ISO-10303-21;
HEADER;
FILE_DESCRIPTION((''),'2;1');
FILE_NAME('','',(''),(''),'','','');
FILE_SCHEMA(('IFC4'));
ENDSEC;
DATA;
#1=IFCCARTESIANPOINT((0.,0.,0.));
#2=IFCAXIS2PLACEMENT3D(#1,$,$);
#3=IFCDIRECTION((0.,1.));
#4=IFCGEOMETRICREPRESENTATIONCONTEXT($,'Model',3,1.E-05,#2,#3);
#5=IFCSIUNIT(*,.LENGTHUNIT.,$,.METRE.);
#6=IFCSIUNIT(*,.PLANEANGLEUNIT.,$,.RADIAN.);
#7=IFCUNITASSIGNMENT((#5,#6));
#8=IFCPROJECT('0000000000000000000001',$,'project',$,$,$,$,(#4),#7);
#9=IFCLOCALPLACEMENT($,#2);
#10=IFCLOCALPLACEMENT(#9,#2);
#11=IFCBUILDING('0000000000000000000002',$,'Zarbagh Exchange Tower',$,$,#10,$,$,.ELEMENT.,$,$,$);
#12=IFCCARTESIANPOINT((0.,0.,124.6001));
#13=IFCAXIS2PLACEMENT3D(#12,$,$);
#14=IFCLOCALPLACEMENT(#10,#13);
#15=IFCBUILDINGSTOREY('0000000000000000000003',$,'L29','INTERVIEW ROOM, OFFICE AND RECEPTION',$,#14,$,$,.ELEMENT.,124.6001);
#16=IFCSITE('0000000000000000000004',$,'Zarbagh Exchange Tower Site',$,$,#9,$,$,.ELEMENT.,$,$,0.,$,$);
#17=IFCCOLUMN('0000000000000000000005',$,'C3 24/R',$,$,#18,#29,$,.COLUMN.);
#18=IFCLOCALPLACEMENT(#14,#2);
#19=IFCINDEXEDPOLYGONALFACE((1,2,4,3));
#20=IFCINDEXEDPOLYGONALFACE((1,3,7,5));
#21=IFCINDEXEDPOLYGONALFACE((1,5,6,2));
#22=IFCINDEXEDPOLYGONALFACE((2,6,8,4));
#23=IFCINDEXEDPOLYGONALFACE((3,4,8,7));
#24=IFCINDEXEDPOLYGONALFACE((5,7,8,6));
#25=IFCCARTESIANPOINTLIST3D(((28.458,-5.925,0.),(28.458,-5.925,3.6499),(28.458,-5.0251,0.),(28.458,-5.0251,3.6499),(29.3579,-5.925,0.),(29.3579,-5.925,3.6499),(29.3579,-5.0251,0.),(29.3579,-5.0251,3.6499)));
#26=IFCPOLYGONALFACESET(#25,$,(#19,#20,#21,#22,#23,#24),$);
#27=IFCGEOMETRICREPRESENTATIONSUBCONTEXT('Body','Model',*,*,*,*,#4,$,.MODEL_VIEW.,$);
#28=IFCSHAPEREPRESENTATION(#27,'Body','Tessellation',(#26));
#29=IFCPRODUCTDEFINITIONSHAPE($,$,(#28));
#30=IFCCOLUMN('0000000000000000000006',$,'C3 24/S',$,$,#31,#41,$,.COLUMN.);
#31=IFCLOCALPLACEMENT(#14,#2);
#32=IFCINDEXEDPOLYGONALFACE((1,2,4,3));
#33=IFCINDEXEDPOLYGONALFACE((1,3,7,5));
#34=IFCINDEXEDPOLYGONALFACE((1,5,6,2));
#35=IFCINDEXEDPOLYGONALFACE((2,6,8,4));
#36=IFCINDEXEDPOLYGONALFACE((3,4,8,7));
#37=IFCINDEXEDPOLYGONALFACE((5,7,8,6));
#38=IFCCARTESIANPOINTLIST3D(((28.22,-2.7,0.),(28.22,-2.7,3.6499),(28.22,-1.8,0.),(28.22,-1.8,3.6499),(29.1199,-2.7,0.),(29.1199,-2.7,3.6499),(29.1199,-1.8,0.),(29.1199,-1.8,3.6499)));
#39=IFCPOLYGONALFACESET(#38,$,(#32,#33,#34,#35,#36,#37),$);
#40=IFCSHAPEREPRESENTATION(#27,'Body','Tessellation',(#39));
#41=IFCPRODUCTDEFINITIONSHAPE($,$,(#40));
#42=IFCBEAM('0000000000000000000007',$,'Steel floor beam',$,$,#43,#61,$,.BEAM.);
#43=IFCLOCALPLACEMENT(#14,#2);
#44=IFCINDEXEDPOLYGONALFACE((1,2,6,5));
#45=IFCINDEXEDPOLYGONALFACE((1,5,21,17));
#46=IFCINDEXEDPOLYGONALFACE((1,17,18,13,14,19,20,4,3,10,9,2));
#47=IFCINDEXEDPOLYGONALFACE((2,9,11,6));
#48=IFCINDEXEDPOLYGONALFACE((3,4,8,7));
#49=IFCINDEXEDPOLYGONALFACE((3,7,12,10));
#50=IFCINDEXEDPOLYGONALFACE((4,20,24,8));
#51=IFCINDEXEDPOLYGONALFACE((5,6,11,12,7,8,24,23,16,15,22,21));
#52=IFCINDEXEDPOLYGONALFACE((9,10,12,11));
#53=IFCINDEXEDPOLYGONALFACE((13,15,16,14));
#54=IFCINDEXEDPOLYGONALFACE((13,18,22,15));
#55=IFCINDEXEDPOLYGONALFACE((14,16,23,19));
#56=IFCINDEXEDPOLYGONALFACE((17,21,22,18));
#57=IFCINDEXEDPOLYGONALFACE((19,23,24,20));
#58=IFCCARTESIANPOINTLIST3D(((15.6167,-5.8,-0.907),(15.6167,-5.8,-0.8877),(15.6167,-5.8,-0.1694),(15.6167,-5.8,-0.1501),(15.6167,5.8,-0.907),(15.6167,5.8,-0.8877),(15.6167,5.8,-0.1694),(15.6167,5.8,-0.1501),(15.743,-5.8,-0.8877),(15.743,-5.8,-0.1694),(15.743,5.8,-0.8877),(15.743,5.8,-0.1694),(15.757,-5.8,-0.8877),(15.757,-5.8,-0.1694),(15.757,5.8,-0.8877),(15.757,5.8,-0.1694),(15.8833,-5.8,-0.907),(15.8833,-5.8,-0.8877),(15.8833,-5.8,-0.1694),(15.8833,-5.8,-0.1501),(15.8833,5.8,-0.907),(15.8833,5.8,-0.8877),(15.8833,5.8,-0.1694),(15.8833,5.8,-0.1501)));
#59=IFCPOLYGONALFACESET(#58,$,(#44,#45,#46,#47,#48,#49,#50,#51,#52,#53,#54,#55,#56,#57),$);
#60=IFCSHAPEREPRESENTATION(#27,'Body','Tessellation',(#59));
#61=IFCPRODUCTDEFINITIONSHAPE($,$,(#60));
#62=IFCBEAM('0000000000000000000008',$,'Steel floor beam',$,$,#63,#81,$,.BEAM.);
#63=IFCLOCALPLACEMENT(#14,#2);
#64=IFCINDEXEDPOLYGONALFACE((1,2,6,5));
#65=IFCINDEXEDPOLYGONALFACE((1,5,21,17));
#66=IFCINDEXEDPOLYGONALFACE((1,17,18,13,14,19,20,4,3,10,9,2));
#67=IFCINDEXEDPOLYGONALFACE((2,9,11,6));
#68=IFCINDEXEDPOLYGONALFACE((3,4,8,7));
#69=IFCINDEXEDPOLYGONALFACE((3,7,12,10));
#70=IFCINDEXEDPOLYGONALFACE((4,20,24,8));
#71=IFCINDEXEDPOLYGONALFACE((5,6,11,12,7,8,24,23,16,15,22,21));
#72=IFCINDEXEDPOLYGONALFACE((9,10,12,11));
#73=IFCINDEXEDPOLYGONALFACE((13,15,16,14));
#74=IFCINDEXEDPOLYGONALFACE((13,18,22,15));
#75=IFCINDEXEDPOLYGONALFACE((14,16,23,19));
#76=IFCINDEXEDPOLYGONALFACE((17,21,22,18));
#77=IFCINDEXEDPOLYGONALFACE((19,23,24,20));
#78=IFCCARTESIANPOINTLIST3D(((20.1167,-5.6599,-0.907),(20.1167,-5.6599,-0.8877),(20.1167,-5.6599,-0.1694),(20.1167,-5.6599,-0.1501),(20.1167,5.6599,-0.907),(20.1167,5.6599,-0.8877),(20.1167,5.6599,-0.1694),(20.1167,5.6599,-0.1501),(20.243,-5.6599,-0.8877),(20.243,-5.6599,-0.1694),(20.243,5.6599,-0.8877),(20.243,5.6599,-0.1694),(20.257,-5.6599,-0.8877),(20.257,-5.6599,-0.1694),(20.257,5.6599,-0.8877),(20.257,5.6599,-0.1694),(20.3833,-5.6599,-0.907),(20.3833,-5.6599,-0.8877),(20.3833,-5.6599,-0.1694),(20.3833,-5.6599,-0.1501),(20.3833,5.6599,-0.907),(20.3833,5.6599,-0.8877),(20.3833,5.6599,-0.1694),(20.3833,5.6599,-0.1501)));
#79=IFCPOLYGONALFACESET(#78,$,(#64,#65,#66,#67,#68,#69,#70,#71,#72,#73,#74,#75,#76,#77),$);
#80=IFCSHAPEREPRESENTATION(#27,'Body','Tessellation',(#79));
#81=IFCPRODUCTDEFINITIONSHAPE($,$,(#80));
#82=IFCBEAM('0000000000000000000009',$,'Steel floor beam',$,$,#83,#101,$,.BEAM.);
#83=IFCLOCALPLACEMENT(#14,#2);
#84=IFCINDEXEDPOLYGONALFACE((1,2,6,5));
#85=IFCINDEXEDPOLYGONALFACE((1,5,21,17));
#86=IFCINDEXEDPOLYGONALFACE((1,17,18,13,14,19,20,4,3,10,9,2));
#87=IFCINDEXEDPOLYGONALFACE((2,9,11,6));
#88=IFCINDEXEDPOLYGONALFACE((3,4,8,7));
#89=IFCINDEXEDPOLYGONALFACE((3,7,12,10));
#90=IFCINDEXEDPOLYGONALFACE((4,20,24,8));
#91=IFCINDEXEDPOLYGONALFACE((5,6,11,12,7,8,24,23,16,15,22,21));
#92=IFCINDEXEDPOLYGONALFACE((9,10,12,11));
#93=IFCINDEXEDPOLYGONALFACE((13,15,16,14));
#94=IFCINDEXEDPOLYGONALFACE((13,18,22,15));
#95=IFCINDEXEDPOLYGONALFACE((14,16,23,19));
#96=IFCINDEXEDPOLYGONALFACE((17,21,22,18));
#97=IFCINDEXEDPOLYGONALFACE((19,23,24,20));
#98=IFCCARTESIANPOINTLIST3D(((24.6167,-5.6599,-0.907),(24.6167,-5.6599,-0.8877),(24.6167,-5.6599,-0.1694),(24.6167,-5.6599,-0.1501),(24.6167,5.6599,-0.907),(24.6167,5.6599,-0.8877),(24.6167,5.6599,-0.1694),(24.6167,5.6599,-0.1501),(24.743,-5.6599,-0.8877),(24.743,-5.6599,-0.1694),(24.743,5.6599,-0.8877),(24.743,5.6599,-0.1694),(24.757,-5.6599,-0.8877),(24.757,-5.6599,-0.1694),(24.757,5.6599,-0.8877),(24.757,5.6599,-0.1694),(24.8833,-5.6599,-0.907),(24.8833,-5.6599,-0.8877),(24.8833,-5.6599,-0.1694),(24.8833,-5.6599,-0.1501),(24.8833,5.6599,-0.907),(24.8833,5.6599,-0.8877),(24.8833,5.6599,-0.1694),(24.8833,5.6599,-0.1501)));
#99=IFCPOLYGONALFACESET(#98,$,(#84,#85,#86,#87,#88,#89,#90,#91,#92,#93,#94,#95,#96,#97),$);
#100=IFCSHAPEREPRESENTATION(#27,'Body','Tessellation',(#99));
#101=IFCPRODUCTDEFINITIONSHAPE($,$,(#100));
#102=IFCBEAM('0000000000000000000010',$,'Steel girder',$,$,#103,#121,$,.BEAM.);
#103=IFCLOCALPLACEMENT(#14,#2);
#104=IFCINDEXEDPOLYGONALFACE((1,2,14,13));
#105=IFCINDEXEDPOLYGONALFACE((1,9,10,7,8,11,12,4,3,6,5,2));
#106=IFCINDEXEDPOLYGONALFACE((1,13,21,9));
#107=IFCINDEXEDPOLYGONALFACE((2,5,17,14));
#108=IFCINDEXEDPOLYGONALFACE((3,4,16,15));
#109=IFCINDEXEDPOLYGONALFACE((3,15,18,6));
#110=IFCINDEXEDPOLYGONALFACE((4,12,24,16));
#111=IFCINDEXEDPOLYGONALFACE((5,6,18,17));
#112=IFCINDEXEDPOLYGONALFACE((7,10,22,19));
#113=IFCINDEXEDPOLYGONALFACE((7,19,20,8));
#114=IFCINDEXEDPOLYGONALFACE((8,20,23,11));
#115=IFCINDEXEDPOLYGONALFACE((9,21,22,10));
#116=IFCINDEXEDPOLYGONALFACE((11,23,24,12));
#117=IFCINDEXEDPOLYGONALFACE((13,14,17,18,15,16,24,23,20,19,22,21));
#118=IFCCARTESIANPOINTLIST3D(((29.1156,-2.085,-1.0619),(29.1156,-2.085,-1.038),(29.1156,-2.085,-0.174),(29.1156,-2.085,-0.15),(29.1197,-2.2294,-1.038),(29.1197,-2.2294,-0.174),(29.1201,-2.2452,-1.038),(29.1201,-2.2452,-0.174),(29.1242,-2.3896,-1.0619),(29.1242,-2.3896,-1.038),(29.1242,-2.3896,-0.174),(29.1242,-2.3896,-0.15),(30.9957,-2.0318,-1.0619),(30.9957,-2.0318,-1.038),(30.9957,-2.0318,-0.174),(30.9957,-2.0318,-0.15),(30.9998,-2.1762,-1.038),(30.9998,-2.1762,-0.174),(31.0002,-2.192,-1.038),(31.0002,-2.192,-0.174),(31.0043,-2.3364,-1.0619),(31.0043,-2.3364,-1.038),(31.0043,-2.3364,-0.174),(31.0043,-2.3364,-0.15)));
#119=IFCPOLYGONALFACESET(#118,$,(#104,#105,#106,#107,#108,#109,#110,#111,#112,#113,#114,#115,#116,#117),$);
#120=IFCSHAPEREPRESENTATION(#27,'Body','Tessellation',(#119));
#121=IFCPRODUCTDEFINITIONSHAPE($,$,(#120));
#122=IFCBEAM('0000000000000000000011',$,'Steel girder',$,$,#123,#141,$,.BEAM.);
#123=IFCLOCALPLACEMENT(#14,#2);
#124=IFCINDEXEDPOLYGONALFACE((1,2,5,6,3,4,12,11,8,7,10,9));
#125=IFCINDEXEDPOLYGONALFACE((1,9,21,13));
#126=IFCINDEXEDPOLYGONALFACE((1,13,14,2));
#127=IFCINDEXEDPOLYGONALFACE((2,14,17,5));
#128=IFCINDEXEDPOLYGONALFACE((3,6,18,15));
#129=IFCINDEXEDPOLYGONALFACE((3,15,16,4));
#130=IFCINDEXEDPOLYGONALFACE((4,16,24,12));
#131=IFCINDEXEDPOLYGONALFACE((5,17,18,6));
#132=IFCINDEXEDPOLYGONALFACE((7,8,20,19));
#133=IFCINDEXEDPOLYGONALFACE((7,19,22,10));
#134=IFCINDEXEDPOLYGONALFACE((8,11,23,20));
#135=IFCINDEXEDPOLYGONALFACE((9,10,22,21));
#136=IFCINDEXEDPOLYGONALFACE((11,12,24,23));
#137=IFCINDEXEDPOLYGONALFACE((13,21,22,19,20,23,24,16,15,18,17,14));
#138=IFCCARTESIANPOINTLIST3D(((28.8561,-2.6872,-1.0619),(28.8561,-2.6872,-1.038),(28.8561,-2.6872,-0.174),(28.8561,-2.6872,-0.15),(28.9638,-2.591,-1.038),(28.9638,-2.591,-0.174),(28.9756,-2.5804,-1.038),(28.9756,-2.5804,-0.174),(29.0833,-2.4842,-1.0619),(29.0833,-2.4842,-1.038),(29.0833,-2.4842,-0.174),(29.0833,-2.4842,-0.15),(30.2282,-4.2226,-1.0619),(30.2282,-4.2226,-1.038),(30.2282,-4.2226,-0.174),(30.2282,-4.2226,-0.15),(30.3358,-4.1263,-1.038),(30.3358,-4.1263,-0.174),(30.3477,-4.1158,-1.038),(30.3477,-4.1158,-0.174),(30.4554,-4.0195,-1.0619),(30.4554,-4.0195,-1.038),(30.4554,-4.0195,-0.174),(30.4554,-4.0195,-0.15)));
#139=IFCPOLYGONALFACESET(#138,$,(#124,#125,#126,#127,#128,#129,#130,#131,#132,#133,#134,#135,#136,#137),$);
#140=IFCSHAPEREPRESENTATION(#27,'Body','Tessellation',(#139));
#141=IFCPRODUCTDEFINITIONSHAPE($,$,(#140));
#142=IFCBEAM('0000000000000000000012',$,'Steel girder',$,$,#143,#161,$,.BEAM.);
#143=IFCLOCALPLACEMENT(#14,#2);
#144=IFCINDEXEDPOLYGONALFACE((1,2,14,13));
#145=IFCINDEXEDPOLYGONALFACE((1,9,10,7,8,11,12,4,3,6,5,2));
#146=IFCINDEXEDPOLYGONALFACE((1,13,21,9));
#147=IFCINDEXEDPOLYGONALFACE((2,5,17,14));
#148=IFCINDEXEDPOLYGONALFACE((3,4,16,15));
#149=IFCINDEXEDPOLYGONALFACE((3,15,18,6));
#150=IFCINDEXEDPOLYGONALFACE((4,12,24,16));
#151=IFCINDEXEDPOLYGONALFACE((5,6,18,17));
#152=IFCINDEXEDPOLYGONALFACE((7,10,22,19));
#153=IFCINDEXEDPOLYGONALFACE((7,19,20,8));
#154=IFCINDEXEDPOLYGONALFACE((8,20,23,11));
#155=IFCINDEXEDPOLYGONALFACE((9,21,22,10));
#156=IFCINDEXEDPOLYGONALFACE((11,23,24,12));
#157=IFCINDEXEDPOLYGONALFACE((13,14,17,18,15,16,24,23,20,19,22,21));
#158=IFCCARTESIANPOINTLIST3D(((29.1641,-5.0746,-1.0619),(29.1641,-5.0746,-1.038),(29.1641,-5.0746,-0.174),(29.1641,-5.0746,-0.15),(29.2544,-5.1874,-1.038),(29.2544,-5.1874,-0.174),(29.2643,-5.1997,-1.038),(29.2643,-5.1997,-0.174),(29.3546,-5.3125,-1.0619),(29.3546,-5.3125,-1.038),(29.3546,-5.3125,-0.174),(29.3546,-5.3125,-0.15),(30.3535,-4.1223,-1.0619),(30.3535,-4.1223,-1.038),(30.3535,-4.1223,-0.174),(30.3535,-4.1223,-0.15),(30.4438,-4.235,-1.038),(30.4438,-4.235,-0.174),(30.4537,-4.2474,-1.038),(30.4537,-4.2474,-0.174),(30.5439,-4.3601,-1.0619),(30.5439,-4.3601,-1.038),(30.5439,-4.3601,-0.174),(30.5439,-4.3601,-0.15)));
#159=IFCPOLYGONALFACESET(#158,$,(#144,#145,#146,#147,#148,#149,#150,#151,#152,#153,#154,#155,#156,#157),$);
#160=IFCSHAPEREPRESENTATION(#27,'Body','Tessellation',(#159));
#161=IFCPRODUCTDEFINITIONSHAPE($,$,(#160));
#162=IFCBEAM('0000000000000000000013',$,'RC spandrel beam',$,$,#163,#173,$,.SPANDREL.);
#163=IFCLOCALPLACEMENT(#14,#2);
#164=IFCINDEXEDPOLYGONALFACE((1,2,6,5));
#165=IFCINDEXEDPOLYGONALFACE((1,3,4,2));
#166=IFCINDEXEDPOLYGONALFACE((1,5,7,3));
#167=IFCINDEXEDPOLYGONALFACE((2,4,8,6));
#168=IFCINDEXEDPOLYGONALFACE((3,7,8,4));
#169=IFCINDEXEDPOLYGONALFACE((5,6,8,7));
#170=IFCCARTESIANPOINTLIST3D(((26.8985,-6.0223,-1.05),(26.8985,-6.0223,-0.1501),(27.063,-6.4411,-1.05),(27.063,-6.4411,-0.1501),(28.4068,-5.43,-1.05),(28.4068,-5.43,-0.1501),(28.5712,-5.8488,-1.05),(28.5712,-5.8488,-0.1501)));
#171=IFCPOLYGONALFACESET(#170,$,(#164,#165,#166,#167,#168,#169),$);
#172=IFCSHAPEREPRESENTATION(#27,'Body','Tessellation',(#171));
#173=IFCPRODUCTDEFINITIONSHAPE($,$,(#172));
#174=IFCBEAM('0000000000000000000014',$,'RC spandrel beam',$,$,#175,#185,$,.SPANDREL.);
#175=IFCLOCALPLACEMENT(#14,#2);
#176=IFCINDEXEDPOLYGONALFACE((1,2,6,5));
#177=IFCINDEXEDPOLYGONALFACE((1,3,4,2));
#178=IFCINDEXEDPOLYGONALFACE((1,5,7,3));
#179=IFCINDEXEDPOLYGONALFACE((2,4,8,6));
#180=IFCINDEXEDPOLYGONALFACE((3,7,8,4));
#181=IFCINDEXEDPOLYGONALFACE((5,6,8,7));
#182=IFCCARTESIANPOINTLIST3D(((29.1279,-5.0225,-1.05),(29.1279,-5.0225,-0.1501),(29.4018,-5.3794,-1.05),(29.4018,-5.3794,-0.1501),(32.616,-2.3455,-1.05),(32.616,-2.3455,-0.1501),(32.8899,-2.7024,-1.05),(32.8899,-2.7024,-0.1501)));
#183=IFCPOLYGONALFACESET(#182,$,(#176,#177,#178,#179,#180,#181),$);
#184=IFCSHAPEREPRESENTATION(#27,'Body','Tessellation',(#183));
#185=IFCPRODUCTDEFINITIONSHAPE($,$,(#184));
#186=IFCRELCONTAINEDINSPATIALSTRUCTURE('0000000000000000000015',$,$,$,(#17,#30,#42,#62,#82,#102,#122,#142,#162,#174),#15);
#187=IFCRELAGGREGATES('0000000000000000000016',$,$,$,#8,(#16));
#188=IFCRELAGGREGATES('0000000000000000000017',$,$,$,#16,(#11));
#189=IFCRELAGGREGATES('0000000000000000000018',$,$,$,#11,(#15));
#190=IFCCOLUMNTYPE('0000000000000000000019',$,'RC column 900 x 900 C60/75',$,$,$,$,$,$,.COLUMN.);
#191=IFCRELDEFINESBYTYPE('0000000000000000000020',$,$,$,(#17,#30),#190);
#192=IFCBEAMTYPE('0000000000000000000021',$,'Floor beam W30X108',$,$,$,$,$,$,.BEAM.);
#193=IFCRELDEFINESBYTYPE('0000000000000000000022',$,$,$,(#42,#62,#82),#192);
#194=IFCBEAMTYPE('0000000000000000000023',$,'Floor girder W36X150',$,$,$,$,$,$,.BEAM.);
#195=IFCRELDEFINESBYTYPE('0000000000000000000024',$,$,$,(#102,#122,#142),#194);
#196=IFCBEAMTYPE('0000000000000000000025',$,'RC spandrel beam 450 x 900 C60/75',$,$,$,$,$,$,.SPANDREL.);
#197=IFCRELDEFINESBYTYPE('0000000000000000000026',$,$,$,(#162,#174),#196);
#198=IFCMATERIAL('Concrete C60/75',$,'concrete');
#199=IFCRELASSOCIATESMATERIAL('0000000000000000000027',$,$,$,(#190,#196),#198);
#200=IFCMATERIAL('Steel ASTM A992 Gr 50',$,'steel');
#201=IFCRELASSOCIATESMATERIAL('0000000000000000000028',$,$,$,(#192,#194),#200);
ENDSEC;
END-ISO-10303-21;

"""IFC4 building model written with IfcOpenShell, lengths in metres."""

from ifc_helpers import new_model, si_unit, direction, frame, origin, origin_2d, place, context, subcontext, project, spatial, rectangle, i_section, extrude, material, material_profile, profile_set, type_object, element, save


model = new_model("IFC4")

# Units and contexts
model_context = context("Model", 3, precision=1e-05, world=origin(), true_north=direction((0.0, 1.0)))
body_context = subcontext(model_context, "Body", "Model", "MODEL_VIEW")
ifc_project = project(units=[si_unit("LENGTHUNIT", "METRE"), si_unit("PLANEANGLEUNIT", "RADIAN")], contexts=[model_context])

# Site, building, storey
site_placement = place(None, origin())
site = spatial("IfcSite", under=ifc_project, at=site_placement, Name="Zarbagh Exchange Tower Site", CompositionType="ELEMENT", RefElevation=0.0)
building_placement = place(site_placement, origin())
building = spatial("IfcBuilding", under=site, at=building_placement, Name="Zarbagh Exchange Tower", CompositionType="ELEMENT")
storey_placement = place(building_placement, frame((0.0, 0.0, 124.6001)))
storey = spatial("IfcBuildingStorey", under=building, at=storey_placement, Name="L29", Description="INTERVIEW ROOM, OFFICE AND RECEPTION", CompositionType="ELEMENT", Elevation=124.6001)

# Columns
ifc_material_1 = material(Name="Concrete C60/75", Category="concrete")
ifc_material_profile_1 = material_profile(ifc_material_1, rectangle(XDim=0.8999, YDim=0.8999, at=origin_2d()), Name="RC column 900 x 900 C60/75")
ifc_profile_set_1 = profile_set([ifc_material_profile_1], Name="Concrete C60/75")
column_type = type_object("IfcColumnType", Name="RC column 900 x 900 C60/75", PredefinedType="COLUMN", material=ifc_profile_set_1)
for number, where, z_axis, x_axis, name in (
    (1, (28.908, -5.4751, 0.0), (0.0, 0.0, 1.0), (1.0, 0.0, 0.0), "C3 24/R"),
    (2, (28.6699, -2.25, 0.0), (0.0, 0.0, 1.0), (1.0, 0.0, 0.0), "C3 24/S"),
):
    element("IfcColumn", number, at=place(storey_placement, frame(where, z_axis=z_axis, x_axis=x_axis)), inside=storey, type_object=column_type, Name=name, PredefinedType="COLUMN", context=body_context, shape_type="SweptSolid", body=[
        extrude(rectangle(XDim=0.8999, YDim=0.8999, at=origin_2d()), origin(), (0.0, 0.0, 1.0), 3.6499),
    ])

# Beams
ifc_material_2 = material(Name="Steel ASTM A992 Gr 50", Category="steel")
ifc_material_profile_2 = material_profile(ifc_material_2, i_section(OverallWidth=0.2666, OverallDepth=0.7568, WebThickness=0.0139, FlangeThickness=0.0193, at=origin_2d()), Name="W30X108")
ifc_profile_set_2 = profile_set([ifc_material_profile_2], Name="Steel ASTM A992 Gr 50")
beam_type_1 = type_object("IfcBeamType", Name="Floor beam W30X108", PredefinedType="BEAM", material=ifc_profile_set_2)
beam_1_placement = place(storey_placement, frame((15.75, -5.8, -0.5286), z_axis=(0.0, 1.0, 0.0), x_axis=(-1.0, 0.0, 0.0)))
element("IfcBeam", 3, at=beam_1_placement, inside=storey, type_object=beam_type_1, Name="Steel floor beam", PredefinedType="BEAM", context=body_context, shape_type="SweptSolid", body=[
    extrude(i_section(OverallWidth=0.2666, OverallDepth=0.7568, WebThickness=0.0139, FlangeThickness=0.0193, at=origin_2d()), origin(), (0.0, 0.0, 1.0), 11.6001),
])
for number, where, z_axis, x_axis, name in (
    (4, (20.25, -5.6599, -0.5286), (0.0, 1.0, 0.0), (-1.0, 0.0, 0.0), "Steel floor beam"),
    (5, (24.75, -5.6599, -0.5286), (0.0, 1.0, 0.0), (-1.0, 0.0, 0.0), "Steel floor beam"),
):
    element("IfcBeam", number, at=place(storey_placement, frame(where, z_axis=z_axis, x_axis=x_axis)), inside=storey, type_object=beam_type_1, Name=name, PredefinedType="BEAM", context=body_context, shape_type="SweptSolid", body=[
        extrude(i_section(OverallWidth=0.2666, OverallDepth=0.7568, WebThickness=0.0139, FlangeThickness=0.0193, at=origin_2d()), origin(), (0.0, 0.0, 1.0), 11.3198),
    ])
ifc_material_profile_3 = material_profile(ifc_material_2, i_section(OverallWidth=0.3047, OverallDepth=0.9119, WebThickness=0.0159, FlangeThickness=0.0239, at=origin_2d()), Name="W36X150")
ifc_profile_set_3 = profile_set([ifc_material_profile_3], Name="Steel ASTM A992 Gr 50")
beam_type_2 = type_object("IfcBeamType", Name="Floor girder W36X150", PredefinedType="BEAM", material=ifc_profile_set_3)
beam_2_placement = place(storey_placement, frame((31.0, -2.1841, -0.606), z_axis=(-0.9996, -0.028297, 0.0), x_axis=(0.028297, -0.9996, 0.0)))
element("IfcBeam", 6, at=beam_2_placement, inside=storey, type_object=beam_type_2, Name="Steel girder", PredefinedType="BEAM", context=body_context, shape_type="SweptSolid", body=[
    extrude(i_section(OverallWidth=0.3047, OverallDepth=0.9119, WebThickness=0.0159, FlangeThickness=0.0239, at=origin_2d()), origin(), (0.0, 0.0, 1.0), 1.8809),
])
beam_3_placement = place(storey_placement, frame((28.9697, -2.5857, -0.606), z_axis=(0.666334, -0.745654, 0.0), x_axis=(0.745654, 0.666334, 0.0)))
element("IfcBeam", 7, at=beam_3_placement, inside=storey, type_object=beam_type_2, Name="Steel girder", PredefinedType="BEAM", context=body_context, shape_type="SweptSolid", body=[
    extrude(i_section(OverallWidth=0.3047, OverallDepth=0.9119, WebThickness=0.0159, FlangeThickness=0.0239, at=origin_2d()), origin(), (0.0, 0.0, 1.0), 2.0591),
])
beam_4_placement = place(storey_placement, frame((30.4487, -4.2412, -0.606), z_axis=(-0.780603, -0.625027, 0.0), x_axis=(0.625027, -0.780603, 0.0)))
element("IfcBeam", 8, at=beam_4_placement, inside=storey, type_object=beam_type_2, Name="Steel girder", PredefinedType="BEAM", context=body_context, shape_type="SweptSolid", body=[
    extrude(i_section(OverallWidth=0.3047, OverallDepth=0.9119, WebThickness=0.0159, FlangeThickness=0.0239, at=origin_2d()), origin(), (0.0, 0.0, 1.0), 1.5237),
])
ifc_material_profile_4 = material_profile(ifc_material_1, rectangle(XDim=0.45, YDim=0.8999, at=origin_2d()), Name="RC spandrel beam 450 x 900 C60/75")
ifc_profile_set_4 = profile_set([ifc_material_profile_4], Name="Concrete C60/75")
beam_type_3 = type_object("IfcBeamType", Name="RC spandrel beam 450 x 900 C60/75", PredefinedType="SPANDREL", material=ifc_profile_set_4)
beam_5_placement = place(storey_placement, frame((28.489, -5.6394, -0.6001), z_axis=(-0.930806, -0.365513, 0.0), x_axis=(0.365513, -0.930806, 0.0)))
element("IfcBeam", 9, at=beam_5_placement, inside=storey, type_object=beam_type_3, Name="RC spandrel beam", PredefinedType="SPANDREL", context=body_context, shape_type="SweptSolid", body=[
    extrude(rectangle(XDim=0.45, YDim=0.8999, at=origin_2d()), origin(), (0.0, 0.0, 1.0), 1.6204),
])
beam_6_placement = place(storey_placement, frame((32.7529, -2.5239, -0.6001), z_axis=(-0.793294, -0.608838, 0.0), x_axis=(0.608838, -0.793294, 0.0)))
element("IfcBeam", 10, at=beam_6_placement, inside=storey, type_object=beam_type_3, Name="RC spandrel beam", PredefinedType="SPANDREL", context=body_context, shape_type="SweptSolid", body=[
    extrude(rectangle(XDim=0.45, YDim=0.8999, at=origin_2d()), origin(), (0.0, 0.0, 1.0), 4.397),
])

save(model, "model.ifc")
